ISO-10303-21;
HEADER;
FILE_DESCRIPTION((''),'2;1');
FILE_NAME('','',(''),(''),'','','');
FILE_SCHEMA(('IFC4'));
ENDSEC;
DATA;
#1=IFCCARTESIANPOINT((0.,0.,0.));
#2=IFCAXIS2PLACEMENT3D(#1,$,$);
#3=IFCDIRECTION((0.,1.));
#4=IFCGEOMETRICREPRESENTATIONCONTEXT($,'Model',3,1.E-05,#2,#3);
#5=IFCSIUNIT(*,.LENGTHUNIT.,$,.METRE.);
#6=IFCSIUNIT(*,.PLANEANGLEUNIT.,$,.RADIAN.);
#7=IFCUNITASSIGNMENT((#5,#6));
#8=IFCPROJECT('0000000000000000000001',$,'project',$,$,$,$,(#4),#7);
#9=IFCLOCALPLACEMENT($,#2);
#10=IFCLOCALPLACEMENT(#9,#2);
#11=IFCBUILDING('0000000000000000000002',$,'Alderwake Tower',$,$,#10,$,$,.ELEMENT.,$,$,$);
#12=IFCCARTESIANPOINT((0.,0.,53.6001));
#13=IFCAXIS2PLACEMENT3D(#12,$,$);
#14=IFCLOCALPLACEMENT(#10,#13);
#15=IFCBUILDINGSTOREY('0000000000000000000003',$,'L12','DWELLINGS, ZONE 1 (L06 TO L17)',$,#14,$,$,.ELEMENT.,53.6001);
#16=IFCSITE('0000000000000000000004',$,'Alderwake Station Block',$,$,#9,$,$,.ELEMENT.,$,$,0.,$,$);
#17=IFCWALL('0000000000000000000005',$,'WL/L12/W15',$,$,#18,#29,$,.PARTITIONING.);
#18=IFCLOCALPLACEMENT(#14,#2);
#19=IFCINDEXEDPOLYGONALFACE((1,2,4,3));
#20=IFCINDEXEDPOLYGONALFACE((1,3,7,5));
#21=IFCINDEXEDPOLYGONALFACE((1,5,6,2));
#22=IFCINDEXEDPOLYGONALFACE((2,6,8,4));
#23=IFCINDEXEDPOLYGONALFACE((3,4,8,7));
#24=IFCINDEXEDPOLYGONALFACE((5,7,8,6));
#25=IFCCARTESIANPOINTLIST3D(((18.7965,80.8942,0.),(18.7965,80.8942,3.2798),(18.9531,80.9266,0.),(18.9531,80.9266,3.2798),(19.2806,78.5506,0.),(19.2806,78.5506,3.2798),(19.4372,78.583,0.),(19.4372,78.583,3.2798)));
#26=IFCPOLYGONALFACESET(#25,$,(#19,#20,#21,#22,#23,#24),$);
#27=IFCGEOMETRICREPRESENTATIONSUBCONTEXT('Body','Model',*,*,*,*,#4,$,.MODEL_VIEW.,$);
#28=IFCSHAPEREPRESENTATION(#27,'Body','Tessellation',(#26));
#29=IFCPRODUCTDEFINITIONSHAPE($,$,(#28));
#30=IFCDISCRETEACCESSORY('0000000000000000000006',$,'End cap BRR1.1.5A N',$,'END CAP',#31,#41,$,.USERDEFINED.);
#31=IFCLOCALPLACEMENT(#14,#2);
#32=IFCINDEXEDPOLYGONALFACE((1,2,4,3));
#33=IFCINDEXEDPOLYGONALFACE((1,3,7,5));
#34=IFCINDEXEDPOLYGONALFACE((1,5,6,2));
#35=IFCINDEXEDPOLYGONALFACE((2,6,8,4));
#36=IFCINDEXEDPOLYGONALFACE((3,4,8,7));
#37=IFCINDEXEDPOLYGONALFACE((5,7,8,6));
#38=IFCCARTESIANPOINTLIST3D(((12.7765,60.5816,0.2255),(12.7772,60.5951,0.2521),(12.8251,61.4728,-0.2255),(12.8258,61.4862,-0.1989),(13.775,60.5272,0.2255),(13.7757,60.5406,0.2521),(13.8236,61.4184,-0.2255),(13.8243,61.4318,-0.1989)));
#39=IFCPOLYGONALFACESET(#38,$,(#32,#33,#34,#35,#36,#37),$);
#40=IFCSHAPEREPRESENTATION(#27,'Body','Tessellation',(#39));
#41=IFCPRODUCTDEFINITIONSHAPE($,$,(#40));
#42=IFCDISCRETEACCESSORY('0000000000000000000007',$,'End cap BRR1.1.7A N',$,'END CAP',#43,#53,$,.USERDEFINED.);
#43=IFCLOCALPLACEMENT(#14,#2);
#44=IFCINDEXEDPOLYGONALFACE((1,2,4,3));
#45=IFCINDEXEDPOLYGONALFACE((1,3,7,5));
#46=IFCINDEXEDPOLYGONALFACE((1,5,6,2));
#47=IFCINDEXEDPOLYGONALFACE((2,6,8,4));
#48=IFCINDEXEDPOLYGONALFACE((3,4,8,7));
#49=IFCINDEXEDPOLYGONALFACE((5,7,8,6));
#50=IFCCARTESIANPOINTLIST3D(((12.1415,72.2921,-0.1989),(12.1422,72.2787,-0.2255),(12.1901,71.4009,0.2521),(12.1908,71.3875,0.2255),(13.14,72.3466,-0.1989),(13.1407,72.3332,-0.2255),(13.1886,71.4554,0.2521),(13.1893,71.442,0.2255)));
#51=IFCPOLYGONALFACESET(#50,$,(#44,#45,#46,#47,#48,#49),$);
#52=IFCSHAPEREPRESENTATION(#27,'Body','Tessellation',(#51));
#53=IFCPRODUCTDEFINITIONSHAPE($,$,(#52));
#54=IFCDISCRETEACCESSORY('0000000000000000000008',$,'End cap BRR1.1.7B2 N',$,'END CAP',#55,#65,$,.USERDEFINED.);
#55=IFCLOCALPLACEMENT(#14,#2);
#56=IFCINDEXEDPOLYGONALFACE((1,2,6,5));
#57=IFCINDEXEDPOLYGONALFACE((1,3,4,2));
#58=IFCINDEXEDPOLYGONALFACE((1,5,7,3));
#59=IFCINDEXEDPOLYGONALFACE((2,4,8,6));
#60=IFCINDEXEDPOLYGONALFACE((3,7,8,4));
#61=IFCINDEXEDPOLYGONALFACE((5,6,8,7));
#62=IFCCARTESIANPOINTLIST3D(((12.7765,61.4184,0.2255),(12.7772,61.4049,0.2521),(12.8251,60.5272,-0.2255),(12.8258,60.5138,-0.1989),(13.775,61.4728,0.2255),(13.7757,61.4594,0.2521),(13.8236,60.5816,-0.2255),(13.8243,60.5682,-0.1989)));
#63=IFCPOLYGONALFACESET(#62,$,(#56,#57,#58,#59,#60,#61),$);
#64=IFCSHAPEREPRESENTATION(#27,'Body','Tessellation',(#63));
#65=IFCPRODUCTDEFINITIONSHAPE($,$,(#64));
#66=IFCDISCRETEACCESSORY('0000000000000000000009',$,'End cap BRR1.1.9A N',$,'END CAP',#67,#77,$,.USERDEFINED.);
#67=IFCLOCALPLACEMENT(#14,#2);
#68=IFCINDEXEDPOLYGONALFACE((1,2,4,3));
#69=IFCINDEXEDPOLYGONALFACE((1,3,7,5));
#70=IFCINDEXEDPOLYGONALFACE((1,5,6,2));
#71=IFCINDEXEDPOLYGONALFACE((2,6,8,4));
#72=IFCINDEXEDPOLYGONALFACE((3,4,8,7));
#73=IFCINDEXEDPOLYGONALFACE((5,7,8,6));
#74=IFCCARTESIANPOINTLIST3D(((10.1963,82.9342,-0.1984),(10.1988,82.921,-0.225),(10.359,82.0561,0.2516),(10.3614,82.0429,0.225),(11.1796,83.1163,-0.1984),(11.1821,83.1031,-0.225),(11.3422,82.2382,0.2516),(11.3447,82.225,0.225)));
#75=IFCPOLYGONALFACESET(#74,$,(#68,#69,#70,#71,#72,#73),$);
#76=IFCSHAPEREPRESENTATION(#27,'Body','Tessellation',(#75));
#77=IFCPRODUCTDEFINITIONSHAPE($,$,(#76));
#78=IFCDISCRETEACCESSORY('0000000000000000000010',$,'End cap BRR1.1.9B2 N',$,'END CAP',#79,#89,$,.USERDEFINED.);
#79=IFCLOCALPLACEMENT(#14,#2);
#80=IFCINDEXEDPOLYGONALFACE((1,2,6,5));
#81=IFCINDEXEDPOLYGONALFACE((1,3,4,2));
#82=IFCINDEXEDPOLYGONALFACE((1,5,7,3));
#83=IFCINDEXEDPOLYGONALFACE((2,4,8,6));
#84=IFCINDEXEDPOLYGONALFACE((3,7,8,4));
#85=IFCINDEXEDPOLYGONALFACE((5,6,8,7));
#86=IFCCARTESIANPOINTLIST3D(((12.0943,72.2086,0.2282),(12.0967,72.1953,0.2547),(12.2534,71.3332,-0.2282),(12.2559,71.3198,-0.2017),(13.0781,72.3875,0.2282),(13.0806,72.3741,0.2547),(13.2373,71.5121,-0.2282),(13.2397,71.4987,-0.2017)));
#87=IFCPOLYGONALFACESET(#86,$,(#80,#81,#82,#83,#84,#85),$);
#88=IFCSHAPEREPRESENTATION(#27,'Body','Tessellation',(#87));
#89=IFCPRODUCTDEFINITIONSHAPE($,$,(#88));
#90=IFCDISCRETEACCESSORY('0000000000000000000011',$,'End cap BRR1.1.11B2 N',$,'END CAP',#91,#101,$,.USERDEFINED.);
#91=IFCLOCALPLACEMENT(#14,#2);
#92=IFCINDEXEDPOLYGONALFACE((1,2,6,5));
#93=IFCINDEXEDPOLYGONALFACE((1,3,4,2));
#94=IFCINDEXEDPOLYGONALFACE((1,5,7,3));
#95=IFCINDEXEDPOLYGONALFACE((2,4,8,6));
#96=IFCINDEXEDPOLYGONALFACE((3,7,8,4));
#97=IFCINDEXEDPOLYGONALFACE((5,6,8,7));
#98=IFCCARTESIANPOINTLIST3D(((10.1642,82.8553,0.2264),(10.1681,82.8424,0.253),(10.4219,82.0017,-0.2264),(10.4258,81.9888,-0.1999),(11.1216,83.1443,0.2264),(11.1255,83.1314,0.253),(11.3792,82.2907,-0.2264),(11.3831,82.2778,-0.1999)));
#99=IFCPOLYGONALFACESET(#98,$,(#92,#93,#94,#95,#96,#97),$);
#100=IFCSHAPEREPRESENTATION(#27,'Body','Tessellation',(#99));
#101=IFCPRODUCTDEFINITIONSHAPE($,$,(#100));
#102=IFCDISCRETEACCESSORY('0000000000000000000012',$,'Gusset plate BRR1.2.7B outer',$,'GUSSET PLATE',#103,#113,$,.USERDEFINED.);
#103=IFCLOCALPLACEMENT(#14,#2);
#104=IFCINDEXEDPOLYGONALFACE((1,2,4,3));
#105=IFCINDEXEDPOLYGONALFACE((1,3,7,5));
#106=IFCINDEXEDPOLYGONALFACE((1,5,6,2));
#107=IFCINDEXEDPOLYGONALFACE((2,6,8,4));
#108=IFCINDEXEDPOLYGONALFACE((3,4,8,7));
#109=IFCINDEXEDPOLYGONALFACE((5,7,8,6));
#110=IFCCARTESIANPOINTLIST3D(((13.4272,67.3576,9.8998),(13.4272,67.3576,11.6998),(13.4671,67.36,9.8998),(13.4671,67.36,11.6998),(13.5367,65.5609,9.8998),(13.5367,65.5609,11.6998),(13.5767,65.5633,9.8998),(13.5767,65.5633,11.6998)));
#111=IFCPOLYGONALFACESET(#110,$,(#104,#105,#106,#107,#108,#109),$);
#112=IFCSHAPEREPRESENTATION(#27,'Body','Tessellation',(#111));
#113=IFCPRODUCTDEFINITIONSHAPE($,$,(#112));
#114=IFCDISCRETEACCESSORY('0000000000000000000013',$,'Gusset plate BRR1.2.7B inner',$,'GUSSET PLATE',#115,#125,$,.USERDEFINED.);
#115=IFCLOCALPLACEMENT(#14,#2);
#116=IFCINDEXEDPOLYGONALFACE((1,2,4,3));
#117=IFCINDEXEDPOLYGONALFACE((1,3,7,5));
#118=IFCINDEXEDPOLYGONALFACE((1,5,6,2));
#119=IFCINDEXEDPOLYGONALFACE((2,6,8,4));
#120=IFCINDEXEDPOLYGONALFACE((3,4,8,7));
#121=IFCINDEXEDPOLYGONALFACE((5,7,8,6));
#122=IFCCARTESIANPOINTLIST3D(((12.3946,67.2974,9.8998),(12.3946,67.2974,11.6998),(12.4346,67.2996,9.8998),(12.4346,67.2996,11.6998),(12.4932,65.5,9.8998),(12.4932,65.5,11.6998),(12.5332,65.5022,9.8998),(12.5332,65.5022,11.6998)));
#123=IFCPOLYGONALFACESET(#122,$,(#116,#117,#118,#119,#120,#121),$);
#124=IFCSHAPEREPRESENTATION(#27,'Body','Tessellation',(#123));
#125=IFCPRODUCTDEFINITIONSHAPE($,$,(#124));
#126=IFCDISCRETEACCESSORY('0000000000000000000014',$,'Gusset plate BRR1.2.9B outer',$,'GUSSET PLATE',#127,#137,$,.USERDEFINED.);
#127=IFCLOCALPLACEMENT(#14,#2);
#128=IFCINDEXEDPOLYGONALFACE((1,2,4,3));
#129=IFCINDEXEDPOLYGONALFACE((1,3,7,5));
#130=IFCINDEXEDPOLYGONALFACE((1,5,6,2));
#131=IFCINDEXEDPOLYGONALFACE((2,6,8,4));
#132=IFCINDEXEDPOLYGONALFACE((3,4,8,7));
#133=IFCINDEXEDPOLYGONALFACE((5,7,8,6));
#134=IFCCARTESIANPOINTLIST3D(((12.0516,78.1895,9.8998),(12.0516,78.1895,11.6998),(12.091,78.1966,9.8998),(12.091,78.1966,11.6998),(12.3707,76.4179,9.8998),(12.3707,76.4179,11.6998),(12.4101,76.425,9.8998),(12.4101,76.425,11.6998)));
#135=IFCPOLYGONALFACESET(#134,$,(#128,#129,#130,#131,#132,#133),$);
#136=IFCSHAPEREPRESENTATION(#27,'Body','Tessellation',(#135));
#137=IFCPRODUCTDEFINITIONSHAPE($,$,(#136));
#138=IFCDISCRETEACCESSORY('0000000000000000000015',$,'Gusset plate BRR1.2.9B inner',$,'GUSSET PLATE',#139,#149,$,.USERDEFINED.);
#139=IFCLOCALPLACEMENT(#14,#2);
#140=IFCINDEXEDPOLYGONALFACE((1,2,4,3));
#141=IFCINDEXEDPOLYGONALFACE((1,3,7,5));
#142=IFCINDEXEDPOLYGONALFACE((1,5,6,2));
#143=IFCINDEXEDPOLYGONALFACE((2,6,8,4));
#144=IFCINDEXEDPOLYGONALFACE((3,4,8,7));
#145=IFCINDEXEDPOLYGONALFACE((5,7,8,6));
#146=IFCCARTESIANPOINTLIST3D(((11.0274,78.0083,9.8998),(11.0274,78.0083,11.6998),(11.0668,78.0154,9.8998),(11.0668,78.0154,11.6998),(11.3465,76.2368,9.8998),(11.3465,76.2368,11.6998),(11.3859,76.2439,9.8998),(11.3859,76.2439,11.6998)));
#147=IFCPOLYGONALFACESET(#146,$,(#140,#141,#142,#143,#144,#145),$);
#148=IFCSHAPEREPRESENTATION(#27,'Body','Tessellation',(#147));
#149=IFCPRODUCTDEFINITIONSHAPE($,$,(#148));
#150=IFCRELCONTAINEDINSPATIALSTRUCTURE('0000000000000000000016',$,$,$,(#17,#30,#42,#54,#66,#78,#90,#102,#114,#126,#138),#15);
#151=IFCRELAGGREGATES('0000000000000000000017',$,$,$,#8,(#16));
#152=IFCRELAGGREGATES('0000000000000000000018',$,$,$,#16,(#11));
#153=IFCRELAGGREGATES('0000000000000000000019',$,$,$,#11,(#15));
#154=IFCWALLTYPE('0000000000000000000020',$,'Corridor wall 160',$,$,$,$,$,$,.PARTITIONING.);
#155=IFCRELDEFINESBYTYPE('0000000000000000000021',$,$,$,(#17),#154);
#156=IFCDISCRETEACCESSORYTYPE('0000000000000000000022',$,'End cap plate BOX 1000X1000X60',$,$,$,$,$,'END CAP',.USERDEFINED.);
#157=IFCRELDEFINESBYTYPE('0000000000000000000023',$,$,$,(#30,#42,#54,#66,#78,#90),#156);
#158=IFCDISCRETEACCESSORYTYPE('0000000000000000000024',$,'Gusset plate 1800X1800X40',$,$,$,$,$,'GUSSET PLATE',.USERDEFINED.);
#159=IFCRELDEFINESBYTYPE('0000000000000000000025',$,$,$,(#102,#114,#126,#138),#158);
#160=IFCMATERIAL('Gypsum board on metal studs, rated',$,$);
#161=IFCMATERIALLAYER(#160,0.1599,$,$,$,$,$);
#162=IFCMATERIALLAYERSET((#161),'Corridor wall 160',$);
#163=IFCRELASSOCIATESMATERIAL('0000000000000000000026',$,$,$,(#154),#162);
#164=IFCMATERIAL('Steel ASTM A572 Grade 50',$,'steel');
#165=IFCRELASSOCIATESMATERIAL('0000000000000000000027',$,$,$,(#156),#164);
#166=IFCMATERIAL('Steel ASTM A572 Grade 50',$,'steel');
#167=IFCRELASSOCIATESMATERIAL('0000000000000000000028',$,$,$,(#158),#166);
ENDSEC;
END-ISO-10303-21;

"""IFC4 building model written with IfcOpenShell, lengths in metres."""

from ifc_helpers import new_model, si_unit, direction, frame, frame_2d, origin, origin_2d, place, context, subcontext, project, spatial, rectangle, extrude, material, layer, layer_set, material_profile, profile_set, type_object, element, save


model = new_model("IFC4")

# Units and contexts
model_context = context("Model", 3, precision=1e-05, world=origin(), true_north=direction((0.0, 1.0)))
body_context = subcontext(model_context, "Body", "Model", "MODEL_VIEW")
ifc_project = project(units=[si_unit("LENGTHUNIT", "METRE"), si_unit("PLANEANGLEUNIT", "RADIAN")], contexts=[model_context])

# Site, building, storey
site_placement = place(None, origin())
site = spatial("IfcSite", under=ifc_project, at=site_placement, Name="Alderwake Station Block", CompositionType="ELEMENT", RefElevation=0.0)
building_placement = place(site_placement, origin())
building = spatial("IfcBuilding", under=site, at=building_placement, Name="Alderwake Tower", CompositionType="ELEMENT")
storey_placement = place(building_placement, frame((0.0, 0.0, 53.6001)))
storey = spatial("IfcBuildingStorey", under=building, at=storey_placement, Name="L12", Description="DWELLINGS, ZONE 1 (L06 TO L17)", CompositionType="ELEMENT", Elevation=53.6001)

# Wall
ifc_material_1 = material(Name="Gypsum board on metal studs, rated")
ifc_layer_1 = layer(ifc_material_1, 0.1599)
ifc_layer_set_1 = layer_set([ifc_layer_1], Name="Corridor wall 160")
wall_type_1 = type_object("IfcWallType", Name="Corridor wall 160", PredefinedType="PARTITIONING", material=ifc_layer_set_1)
wall_1_placement = place(storey_placement, frame((18.8748, 80.9104, 0.0), z_axis=(0.0, 0.0, 1.0), x_axis=(0.202312, -0.979321, 0.0)))
element("IfcWall", 1, at=wall_1_placement, inside=storey, type_object=wall_type_1, Name="WL/L12/W15", PredefinedType="PARTITIONING", context=body_context, shape_type="SweptSolid", body=[
    extrude(rectangle(XDim=2.3931, YDim=0.1599, at=frame_2d((1.1965, 0.0))), origin(), (0.0, 0.0, 1.0), 3.2798),
])

# Discrete accessories
ifc_material_2 = material(Name="Steel ASTM A572 Grade 50", Category="steel")
ifc_material_profile_1 = material_profile(ifc_material_2, rectangle(XDim=1.0, YDim=1.0, at=origin_2d()), Name="BOX 1000X1000X60 cap")
ifc_profile_set_1 = profile_set([ifc_material_profile_1], Name="Steel ASTM A572 Grade 50")
discrete_accessory_type_1 = type_object("IfcDiscreteAccessoryType", Name="End cap plate BOX 1000X1000X60", ElementType="END CAP", PredefinedType="USERDEFINED", material=ifc_profile_set_1)
for number, where, z_axis, x_axis, name in (
    (2, (13.3, 61.0, 0.0), (0.024565, 0.450351, 0.892514), (-0.998516, 0.054464, 0.0), "End cap BRR1.1.5A N"),
    (3, (12.6658, 71.8604, 0.0), (-0.024565, 0.450351, 0.892514), (-0.998516, -0.054464, 0.0), "End cap BRR1.1.7A N"),
    (4, (13.3, 61.0, 0.0), (0.024565, -0.450351, 0.892514), (0.998516, 0.054464, 0.0), "End cap BRR1.1.7B2 N"),
    (5, (10.7717, 82.573, 0.0), (-0.081931, 0.44243, 0.893053), (-0.983282, -0.182089, 0.0), "End cap BRR1.1.9A N"),
    (6, (12.6658, 71.8604, 0.0), (0.081633, -0.448983, 0.889803), (0.98387, 0.178885, 0.0), "End cap BRR1.1.9B2 N"),
    (7, (10.7717, 82.573, 0.0), (0.130875, -0.433524, 0.891588), (0.957328, 0.289005, 0.0), "End cap BRR1.1.11B2 N"),
):
    element("IfcDiscreteAccessory", number, at=place(storey_placement, frame(where, z_axis=z_axis, x_axis=x_axis)), inside=storey, type_object=discrete_accessory_type_1, Name=name, ObjectType="END CAP", PredefinedType="USERDEFINED", context=body_context, shape_type="SweptSolid", body=[
        extrude(rectangle(XDim=1.0, YDim=1.0, at=origin_2d()), origin(), (0.0, 0.0, 1.0), 0.0298),
    ])
ifc_material_3 = material(Name="Steel ASTM A572 Grade 50", Category="steel")
ifc_material_profile_2 = material_profile(ifc_material_3, rectangle(XDim=1.8, YDim=1.8, at=origin_2d()), Name="gusset 1800X1800")
ifc_profile_set_2 = profile_set([ifc_material_profile_2], Name="Steel ASTM A572 Grade 50")
discrete_accessory_type_2 = type_object("IfcDiscreteAccessoryType", Name="Gusset plate 1800X1800X40", ElementType="GUSSET PLATE", PredefinedType="USERDEFINED", material=ifc_profile_set_2)
for number, where, z_axis, x_axis, name in (
    (8, (13.4819, 66.4592, 10.7998), (0.998146, 0.060863, 0.0), (-0.060863, 0.998146, 0.0), "Gusset plate BRR1.2.7B outer"),
    (9, (12.4839, 66.4009, 10.7998), (-0.998498, -0.054796, 0.0), (0.054796, -0.998498, 0.0), "Gusset plate BRR1.2.7B inner"),
    (10, (12.2112, 77.3037, 10.7998), (0.984162, 0.177271, 0.0), (-0.177271, 0.984162, 0.0), "Gusset plate BRR1.2.9B outer"),
    (11, (11.2263, 77.1296, 10.7998), (-0.984162, -0.177271, 0.0), (0.177271, -0.984162, 0.0), "Gusset plate BRR1.2.9B inner"),
):
    element("IfcDiscreteAccessory", number, at=place(storey_placement, frame(where, z_axis=z_axis, x_axis=x_axis)), inside=storey, type_object=discrete_accessory_type_2, Name=name, ObjectType="GUSSET PLATE", PredefinedType="USERDEFINED", context=body_context, shape_type="SweptSolid", body=[
        extrude(rectangle(XDim=1.8, YDim=1.8, at=origin_2d()), origin(), (0.0, 0.0, 1.0), 0.04),
    ])

save(model, "model.ifc")
